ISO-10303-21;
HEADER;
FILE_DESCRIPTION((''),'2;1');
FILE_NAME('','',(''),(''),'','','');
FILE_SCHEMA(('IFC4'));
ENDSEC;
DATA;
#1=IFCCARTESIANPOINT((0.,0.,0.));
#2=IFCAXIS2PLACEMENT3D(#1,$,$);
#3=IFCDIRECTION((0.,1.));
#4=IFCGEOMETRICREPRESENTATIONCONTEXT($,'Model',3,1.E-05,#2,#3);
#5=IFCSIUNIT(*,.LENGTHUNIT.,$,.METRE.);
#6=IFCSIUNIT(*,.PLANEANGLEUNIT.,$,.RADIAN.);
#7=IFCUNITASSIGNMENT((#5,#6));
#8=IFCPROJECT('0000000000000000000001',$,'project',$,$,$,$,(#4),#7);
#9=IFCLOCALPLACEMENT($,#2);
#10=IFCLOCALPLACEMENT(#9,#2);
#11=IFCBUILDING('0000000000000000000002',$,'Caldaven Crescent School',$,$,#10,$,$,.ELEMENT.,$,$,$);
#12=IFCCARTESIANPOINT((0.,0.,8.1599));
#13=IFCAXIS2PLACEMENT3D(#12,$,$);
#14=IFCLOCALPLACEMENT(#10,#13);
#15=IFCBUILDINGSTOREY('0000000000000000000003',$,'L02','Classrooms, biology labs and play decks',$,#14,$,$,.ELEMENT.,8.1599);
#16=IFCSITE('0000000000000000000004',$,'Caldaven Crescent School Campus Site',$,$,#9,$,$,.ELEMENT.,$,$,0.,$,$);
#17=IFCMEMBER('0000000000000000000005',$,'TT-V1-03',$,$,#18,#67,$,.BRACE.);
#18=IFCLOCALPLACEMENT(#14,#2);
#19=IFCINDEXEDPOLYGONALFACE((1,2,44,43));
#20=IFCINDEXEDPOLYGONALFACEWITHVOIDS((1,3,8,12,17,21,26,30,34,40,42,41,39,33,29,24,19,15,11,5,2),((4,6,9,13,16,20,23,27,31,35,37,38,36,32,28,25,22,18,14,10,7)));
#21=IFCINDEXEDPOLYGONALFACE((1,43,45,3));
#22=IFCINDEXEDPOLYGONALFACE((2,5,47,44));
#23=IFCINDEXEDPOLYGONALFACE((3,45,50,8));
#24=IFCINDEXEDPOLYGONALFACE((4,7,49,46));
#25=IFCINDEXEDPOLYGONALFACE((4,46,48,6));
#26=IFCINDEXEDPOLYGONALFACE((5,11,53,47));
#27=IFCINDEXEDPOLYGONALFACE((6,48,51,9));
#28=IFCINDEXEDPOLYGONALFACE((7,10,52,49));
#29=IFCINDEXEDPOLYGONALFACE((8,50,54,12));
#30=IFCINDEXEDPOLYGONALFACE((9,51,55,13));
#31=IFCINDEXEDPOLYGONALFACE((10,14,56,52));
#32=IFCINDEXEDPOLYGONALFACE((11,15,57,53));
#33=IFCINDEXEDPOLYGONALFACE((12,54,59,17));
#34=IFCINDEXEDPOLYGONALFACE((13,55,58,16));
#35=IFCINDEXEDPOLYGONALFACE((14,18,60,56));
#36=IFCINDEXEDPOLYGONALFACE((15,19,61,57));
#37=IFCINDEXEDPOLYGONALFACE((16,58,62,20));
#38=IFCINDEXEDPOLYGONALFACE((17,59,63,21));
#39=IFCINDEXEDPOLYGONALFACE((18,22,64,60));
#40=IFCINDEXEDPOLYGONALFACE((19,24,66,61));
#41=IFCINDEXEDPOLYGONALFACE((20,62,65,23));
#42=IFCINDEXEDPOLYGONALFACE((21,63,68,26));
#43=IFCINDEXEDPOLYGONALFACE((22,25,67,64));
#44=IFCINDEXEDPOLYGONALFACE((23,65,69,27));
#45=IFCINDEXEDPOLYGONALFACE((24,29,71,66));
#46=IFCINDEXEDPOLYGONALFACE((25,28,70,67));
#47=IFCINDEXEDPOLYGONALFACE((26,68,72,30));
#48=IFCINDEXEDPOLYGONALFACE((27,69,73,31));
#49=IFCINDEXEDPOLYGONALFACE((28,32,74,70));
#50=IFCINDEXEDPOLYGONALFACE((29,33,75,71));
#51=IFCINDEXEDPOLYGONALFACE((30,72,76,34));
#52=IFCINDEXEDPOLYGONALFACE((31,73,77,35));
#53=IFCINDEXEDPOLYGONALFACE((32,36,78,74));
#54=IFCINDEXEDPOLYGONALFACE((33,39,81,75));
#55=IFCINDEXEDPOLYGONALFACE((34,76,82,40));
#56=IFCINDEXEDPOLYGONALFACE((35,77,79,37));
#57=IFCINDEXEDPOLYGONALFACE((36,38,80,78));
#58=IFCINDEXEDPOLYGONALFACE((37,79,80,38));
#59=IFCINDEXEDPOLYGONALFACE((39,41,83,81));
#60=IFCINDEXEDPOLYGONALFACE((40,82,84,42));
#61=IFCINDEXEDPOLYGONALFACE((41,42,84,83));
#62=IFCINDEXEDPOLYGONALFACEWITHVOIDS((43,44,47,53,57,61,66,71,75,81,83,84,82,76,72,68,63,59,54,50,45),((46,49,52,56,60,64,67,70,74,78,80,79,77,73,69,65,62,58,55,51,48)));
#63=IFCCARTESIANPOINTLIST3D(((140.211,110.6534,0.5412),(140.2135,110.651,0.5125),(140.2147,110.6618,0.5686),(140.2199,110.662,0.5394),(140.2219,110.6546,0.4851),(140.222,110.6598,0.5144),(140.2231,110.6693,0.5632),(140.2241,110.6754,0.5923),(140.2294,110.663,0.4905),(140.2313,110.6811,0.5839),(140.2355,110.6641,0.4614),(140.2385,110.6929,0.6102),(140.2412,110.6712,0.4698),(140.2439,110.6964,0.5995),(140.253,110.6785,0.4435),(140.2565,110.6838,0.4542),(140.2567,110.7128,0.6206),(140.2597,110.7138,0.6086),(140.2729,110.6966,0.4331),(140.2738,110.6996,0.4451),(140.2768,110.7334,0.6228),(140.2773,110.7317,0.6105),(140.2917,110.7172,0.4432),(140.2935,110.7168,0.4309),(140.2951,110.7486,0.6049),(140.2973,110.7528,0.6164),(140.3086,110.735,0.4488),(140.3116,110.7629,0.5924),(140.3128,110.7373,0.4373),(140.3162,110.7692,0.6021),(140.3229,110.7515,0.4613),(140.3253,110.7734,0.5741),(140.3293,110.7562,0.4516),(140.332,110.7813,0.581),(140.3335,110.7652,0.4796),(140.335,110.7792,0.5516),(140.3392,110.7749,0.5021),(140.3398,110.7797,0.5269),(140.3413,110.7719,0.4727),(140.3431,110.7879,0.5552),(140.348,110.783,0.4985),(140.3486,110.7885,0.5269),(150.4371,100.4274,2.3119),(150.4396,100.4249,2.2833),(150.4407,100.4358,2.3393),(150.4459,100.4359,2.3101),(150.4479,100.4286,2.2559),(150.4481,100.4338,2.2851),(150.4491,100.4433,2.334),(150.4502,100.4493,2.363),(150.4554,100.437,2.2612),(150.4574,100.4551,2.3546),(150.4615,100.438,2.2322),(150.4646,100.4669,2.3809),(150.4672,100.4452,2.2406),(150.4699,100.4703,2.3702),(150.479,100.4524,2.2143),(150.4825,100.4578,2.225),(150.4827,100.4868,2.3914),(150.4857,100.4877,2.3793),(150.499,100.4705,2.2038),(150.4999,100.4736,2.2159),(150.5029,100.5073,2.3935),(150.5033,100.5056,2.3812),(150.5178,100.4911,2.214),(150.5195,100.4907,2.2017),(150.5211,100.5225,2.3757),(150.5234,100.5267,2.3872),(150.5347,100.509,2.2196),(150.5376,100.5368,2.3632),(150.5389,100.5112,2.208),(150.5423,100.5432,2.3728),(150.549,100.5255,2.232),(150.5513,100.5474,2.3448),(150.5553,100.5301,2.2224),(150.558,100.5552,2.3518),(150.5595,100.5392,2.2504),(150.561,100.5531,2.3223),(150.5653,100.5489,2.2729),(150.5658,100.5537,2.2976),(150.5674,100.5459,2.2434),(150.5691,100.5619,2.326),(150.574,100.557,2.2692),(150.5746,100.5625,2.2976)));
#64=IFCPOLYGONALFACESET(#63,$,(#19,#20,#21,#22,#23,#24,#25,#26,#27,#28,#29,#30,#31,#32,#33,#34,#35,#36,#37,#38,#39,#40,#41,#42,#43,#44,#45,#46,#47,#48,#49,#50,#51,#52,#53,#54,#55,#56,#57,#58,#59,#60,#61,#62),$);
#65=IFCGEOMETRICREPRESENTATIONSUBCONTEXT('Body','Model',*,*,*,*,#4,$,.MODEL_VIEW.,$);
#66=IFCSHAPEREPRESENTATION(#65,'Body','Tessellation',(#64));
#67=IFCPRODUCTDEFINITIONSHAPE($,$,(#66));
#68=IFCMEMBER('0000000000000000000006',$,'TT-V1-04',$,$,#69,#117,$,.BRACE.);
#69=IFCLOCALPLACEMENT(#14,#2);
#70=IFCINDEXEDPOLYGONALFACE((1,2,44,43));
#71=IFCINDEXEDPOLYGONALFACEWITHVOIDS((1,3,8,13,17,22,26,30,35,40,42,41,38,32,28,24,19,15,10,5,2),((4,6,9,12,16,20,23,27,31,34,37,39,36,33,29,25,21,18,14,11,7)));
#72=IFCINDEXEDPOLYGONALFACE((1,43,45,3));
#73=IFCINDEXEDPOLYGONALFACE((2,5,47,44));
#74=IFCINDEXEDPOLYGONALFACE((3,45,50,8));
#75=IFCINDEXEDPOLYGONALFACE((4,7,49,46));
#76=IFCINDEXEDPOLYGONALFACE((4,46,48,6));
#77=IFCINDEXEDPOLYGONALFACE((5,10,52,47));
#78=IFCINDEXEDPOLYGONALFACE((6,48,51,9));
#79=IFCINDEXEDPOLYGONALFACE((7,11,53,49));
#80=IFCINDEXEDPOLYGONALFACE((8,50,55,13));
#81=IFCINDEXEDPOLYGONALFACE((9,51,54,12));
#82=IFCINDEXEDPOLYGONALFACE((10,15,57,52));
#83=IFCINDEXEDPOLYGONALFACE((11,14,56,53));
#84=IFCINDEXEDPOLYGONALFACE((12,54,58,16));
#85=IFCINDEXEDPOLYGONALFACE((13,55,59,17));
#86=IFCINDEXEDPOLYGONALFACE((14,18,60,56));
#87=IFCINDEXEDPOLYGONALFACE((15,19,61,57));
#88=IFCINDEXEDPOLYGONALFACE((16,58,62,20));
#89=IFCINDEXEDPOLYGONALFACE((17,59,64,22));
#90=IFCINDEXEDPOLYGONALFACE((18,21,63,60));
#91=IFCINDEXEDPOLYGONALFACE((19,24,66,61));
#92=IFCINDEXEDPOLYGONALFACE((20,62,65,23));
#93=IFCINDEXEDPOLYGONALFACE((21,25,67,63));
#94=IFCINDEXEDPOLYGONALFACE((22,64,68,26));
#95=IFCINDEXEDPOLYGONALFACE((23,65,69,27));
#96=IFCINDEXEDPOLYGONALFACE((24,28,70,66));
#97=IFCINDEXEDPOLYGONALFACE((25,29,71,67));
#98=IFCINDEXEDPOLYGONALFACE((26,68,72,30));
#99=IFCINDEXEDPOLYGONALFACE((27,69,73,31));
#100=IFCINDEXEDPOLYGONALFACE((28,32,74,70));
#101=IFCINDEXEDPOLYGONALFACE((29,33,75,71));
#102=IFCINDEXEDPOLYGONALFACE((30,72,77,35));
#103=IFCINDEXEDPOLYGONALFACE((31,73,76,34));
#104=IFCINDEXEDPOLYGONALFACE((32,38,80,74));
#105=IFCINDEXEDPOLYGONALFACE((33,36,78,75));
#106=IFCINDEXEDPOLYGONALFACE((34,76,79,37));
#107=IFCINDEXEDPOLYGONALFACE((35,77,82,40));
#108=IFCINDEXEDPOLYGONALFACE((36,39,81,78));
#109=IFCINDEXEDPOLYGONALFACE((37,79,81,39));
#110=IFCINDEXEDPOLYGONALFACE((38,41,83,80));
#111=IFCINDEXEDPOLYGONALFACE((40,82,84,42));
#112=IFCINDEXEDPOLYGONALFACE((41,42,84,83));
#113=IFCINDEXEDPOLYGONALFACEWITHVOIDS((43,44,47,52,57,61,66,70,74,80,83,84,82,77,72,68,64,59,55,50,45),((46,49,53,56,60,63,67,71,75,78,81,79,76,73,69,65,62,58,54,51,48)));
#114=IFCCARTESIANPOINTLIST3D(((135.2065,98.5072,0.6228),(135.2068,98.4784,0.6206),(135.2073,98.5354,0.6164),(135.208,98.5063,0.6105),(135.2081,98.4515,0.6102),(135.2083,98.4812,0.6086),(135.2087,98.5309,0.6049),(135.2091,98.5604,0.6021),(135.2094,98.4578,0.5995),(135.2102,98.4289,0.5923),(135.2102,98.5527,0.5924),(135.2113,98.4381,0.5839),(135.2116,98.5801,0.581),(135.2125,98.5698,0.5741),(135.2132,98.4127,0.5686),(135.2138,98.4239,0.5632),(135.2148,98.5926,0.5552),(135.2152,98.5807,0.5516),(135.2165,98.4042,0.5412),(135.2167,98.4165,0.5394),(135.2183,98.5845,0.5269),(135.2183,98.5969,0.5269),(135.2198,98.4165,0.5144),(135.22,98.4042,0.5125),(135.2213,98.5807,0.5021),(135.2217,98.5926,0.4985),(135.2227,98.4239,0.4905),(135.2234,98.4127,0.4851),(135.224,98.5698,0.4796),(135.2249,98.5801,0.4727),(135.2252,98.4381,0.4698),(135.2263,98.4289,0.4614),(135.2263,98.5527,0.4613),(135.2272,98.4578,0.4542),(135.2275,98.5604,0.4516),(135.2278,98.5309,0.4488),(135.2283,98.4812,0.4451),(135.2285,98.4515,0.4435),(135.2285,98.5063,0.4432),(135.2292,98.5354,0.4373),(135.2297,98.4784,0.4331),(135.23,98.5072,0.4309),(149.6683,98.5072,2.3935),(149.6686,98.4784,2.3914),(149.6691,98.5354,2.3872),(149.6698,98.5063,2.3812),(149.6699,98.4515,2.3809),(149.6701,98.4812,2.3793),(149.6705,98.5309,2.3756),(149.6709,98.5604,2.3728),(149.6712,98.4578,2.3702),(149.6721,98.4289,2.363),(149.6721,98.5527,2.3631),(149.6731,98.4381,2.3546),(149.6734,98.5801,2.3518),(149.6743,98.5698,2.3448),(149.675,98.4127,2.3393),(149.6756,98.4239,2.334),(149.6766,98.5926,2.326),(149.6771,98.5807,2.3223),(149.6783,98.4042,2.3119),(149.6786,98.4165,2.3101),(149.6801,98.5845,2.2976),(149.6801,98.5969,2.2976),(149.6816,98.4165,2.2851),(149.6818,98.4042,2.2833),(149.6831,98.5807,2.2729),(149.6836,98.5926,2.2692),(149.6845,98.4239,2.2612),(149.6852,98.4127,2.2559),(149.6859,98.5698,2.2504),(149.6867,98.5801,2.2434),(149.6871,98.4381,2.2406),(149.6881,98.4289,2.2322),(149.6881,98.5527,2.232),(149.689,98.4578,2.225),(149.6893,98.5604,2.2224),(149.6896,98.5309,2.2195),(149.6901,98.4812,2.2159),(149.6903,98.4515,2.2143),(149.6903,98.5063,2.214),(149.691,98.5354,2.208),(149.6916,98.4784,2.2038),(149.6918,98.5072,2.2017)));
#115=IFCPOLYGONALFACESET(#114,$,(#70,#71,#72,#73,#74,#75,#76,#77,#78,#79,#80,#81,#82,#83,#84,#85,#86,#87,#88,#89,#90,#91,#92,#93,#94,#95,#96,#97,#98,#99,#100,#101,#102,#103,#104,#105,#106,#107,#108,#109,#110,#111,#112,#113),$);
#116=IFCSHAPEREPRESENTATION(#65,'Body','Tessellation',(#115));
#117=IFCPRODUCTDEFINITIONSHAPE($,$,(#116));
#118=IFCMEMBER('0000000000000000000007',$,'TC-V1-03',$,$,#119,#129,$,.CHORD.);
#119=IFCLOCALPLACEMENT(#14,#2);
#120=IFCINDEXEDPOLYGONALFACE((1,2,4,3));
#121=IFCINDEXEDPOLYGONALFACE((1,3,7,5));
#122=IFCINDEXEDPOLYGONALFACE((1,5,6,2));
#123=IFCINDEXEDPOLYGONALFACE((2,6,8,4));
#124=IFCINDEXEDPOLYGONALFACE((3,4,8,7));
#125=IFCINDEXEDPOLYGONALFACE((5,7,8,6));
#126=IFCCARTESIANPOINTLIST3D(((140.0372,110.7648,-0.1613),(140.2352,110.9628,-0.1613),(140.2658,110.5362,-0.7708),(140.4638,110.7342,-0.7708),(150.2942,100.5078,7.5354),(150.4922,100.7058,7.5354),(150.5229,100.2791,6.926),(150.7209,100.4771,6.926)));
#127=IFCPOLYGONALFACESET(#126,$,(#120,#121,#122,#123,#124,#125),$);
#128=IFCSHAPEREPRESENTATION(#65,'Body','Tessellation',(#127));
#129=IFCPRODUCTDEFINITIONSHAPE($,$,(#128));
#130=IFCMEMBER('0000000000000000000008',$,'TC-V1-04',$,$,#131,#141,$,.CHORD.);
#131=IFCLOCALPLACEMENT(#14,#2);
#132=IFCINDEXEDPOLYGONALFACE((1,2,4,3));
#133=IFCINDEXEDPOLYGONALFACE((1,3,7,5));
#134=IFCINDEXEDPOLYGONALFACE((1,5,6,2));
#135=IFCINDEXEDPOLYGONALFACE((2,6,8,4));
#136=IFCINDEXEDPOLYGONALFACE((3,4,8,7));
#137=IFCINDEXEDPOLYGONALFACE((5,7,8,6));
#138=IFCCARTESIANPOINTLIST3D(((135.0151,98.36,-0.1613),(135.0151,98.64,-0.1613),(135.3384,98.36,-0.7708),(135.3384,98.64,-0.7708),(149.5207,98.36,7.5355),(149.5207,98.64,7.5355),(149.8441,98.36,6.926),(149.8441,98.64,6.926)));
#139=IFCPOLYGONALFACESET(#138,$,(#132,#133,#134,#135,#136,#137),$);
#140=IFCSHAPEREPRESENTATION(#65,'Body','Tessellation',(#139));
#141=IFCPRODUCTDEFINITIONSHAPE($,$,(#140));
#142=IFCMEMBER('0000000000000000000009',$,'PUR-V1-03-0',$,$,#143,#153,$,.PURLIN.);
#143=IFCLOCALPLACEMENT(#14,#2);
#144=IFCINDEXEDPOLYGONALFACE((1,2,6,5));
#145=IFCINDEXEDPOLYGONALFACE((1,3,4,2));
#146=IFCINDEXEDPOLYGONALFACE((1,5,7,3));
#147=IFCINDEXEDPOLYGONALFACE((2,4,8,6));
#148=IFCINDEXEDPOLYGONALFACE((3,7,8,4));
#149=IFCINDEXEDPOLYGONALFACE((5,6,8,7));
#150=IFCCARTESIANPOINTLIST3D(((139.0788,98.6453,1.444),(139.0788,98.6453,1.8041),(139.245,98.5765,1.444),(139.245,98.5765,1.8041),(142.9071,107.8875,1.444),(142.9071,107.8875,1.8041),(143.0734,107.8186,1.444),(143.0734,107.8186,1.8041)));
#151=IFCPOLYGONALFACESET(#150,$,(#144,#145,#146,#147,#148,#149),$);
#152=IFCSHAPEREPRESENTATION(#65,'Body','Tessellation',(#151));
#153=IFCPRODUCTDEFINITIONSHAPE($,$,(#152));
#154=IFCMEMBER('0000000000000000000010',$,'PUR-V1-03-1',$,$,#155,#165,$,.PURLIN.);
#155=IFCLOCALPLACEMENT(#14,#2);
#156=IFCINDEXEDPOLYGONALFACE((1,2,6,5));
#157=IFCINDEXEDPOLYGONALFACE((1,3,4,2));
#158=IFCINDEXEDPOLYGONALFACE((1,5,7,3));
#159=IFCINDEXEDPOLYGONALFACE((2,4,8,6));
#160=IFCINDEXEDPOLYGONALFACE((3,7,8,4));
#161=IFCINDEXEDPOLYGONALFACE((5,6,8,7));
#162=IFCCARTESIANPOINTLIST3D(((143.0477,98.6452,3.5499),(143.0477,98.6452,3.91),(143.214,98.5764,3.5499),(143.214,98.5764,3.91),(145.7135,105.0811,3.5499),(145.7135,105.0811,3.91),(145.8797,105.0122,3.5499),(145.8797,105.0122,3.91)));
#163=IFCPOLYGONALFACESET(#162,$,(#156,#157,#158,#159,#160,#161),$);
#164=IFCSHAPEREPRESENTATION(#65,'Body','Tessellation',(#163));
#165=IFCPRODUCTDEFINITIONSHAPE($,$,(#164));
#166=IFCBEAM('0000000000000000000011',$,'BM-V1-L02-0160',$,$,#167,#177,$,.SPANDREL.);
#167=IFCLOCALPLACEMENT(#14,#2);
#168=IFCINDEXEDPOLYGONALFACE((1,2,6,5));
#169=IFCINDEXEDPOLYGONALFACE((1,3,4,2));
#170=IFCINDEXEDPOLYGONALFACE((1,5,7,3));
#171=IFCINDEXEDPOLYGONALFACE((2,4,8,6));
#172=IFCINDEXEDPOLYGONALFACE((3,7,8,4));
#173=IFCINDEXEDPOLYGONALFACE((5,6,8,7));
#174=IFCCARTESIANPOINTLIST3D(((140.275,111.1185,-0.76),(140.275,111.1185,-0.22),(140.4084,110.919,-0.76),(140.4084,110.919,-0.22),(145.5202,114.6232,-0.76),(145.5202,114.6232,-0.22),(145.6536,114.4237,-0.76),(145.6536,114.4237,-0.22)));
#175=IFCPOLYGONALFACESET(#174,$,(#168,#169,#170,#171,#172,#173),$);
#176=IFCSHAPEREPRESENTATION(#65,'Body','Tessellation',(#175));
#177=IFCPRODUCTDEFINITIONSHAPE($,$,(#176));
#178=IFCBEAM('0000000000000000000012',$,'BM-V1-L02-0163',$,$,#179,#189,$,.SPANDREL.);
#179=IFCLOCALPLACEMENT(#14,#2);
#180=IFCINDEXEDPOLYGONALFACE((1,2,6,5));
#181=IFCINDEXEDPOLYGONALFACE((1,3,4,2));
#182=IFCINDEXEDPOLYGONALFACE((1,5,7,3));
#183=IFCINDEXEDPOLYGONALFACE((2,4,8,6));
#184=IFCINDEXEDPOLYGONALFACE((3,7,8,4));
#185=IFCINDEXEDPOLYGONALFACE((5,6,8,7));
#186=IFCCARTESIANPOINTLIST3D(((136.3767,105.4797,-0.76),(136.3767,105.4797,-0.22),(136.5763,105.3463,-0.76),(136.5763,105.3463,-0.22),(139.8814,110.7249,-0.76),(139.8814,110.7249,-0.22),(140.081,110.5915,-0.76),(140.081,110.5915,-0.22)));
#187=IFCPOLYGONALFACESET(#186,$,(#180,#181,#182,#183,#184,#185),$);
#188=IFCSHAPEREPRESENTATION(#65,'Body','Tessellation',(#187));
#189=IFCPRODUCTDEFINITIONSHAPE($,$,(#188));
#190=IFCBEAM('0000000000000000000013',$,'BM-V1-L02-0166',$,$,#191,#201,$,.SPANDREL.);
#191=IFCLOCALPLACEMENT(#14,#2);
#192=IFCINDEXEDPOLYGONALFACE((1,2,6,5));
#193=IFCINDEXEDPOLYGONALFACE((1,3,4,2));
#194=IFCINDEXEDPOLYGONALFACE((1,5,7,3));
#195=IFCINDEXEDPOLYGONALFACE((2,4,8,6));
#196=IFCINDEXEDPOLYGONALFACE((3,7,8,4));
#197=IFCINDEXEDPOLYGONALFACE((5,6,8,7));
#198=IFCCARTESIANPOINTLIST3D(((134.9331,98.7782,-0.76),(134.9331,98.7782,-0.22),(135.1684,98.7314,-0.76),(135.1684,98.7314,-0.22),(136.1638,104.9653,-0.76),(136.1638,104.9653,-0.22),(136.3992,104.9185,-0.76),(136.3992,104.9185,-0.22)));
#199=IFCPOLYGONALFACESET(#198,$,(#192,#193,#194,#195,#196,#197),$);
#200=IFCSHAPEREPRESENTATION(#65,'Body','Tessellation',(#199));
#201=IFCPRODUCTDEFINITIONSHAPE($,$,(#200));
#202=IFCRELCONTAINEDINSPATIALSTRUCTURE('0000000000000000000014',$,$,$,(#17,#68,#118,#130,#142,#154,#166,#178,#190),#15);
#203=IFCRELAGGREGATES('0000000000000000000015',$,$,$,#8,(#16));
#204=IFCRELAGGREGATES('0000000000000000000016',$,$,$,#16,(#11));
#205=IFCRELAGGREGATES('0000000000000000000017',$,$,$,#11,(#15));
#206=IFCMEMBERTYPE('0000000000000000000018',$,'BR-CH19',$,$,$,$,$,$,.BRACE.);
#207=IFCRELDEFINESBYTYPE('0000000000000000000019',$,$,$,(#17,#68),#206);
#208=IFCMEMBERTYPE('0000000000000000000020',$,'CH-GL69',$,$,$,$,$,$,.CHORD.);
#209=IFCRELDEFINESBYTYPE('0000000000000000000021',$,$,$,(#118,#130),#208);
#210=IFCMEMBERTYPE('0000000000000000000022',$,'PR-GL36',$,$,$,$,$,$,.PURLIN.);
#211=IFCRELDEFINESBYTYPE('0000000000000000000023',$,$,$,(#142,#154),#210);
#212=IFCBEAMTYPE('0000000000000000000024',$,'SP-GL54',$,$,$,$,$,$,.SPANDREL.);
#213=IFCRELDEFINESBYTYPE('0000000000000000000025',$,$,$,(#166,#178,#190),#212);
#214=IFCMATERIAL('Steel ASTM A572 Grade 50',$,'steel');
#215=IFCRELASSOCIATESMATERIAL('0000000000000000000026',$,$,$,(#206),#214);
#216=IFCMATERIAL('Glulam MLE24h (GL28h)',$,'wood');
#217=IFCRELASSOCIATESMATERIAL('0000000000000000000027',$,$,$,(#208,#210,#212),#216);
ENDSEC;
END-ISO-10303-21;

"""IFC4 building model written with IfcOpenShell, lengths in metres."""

from ifc_helpers import new_model, si_unit, direction, frame, origin, origin_2d, place, context, subcontext, project, spatial, rectangle, hollow_circle, extrude, material, material_profile, profile_set, type_object, element, save


model = new_model("IFC4")

# Units and contexts
model_context = context("Model", 3, precision=1e-05, world=origin(), true_north=direction((0.0, 1.0)))
body_context = subcontext(model_context, "Body", "Model", "MODEL_VIEW")
ifc_project = project(units=[si_unit("LENGTHUNIT", "METRE"), si_unit("PLANEANGLEUNIT", "RADIAN")], contexts=[model_context])

# Site, building, storey
site_placement = place(None, origin())
site = spatial("IfcSite", under=ifc_project, at=site_placement, Name="Caldaven Crescent School Campus Site", CompositionType="ELEMENT", RefElevation=0.0)
building_placement = place(site_placement, origin())
building = spatial("IfcBuilding", under=site, at=building_placement, Name="Caldaven Crescent School", CompositionType="ELEMENT")
storey_placement = place(building_placement, frame((0.0, 0.0, 8.1599)))
storey = spatial("IfcBuildingStorey", under=building, at=storey_placement, Name="L02", Description="Classrooms, biology labs and play decks", CompositionType="ELEMENT", Elevation=8.1599)

# Shared definitions
ifc_material_1 = material(Name="Glulam MLE24h (GL28h)", Category="wood")
ifc_material_2 = material(Name="Steel ASTM A572 Grade 50", Category="steel")

# Members
ifc_material_profile_1 = material_profile(ifc_material_2, hollow_circle(Radius=0.0969, WallThickness=0.0125, at=origin_2d()), Name="CHS 193.7x12.5")
ifc_profile_set_1 = profile_set([ifc_material_profile_1], Name="Steel ASTM A572 Grade 50")
member_type_1 = type_object("IfcMemberType", Name="BR-CH19", PredefinedType="BRACE", material=ifc_profile_set_1)
for number, where, z_axis, x_axis, name in (
    (1, (140.28, 110.72, 0.5269), (0.701865, -0.701865, 0.121535), (0.707107, 0.707107, 0.0), "TT-V1-03"),
    (2, (135.2183, 98.5, 0.5269), (0.992587, 0.0, 0.121535), (0.0, 1.0, 0.0), "TT-V1-04"),
):
    element("IfcMember", number, at=place(storey_placement, frame(where, z_axis=z_axis, x_axis=x_axis)), inside=storey, type_object=member_type_1, Name=name, PredefinedType="BRACE", context=body_context, shape_type="SweptSolid", body=[
        extrude(hollow_circle(Radius=0.0969, WallThickness=0.0125, at=origin_2d()), origin(), (0.0, 0.0, 1.0), 14.5698),
    ])
ifc_material_profile_2 = material_profile(ifc_material_1, rectangle(XDim=0.28, YDim=0.6899, at=origin_2d()), Name="MLE 280x690")
ifc_profile_set_2 = profile_set([ifc_material_profile_2], Name="Glulam MLE24h (GL28h)")
member_type_2 = type_object("IfcMemberType", Name="CH-GL69", PredefinedType="CHORD", material=ifc_profile_set_2)
for number, where, z_axis, x_axis, name in (
    (3, (140.2505, 110.7495, -0.4661), (0.624624, -0.624624, 0.46871), (0.707107, 0.707107, 0.0), "TC-V1-03"),
    (4, (135.1768, 98.5, -0.4661), (0.883351, 0.0, 0.468712), (0.0, 1.0, 0.0), "TC-V1-04"),
):
    element("IfcMember", number, at=place(storey_placement, frame(where, z_axis=z_axis, x_axis=x_axis)), inside=storey, type_object=member_type_2, Name=name, PredefinedType="CHORD", context=body_context, shape_type="SweptSolid", body=[
        extrude(rectangle(XDim=0.28, YDim=0.6899, at=origin_2d()), origin(), (0.0, 0.0, 1.0), 16.4211),
    ])
ifc_material_profile_3 = material_profile(ifc_material_1, rectangle(XDim=0.1799, YDim=0.3601, at=origin_2d()), Name="MLE 180x360")
ifc_profile_set_3 = profile_set([ifc_material_profile_3], Name="Glulam MLE24h (GL28h)")
member_type_3 = type_object("IfcMemberType", Name="PR-GL36", PredefinedType="PURLIN", material=ifc_profile_set_3)
member_1_placement = place(storey_placement, frame((142.9902, 107.853, 1.624), z_axis=(-0.382695, -0.923875, 0.0), x_axis=(0.923875, -0.382695, 0.0)))
element("IfcMember", 5, at=member_1_placement, inside=storey, type_object=member_type_3, Name="PUR-V1-03-0", PredefinedType="PURLIN", context=body_context, shape_type="SweptSolid", body=[
    extrude(rectangle(XDim=0.1799, YDim=0.3601, at=origin_2d()), origin(), (0.0, 0.0, 1.0), 10.0037),
])
member_2_placement = place(storey_placement, frame((145.7966, 105.0466, 3.73), z_axis=(-0.382681, -0.923881, 0.0), x_axis=(0.923881, -0.382681, 0.0)))
element("IfcMember", 6, at=member_2_placement, inside=storey, type_object=member_type_3, Name="PUR-V1-03-1", PredefinedType="PURLIN", context=body_context, shape_type="SweptSolid", body=[
    extrude(rectangle(XDim=0.1799, YDim=0.3601, at=origin_2d()), origin(), (0.0, 0.0, 1.0), 6.9661),
])

# Beams
ifc_material_profile_4 = material_profile(ifc_material_1, rectangle(XDim=0.24, YDim=0.54, at=origin_2d()), Name="MLE 240x540")
ifc_profile_set_4 = profile_set([ifc_material_profile_4], Name="Glulam MLE24h (GL28h)")
beam_type_1 = type_object("IfcBeamType", Name="SP-GL54", PredefinedType="SPANDREL", material=ifc_profile_set_4)
for number, where, z_axis, x_axis, name in (
    (7, (145.5869, 114.5234, -0.49), (-0.831472, -0.555566, 0.0), (0.555566, -0.831472, 0.0), "BM-V1-L02-0160"),
    (8, (139.9812, 110.6582, -0.49), (-0.555566, -0.831472, 0.0), (0.831472, -0.555566, 0.0), "BM-V1-L02-0163"),
    (9, (136.2815, 104.9419, -0.49), (-0.195096, -0.980784, 0.0), (0.980784, -0.195096, 0.0), "BM-V1-L02-0166"),
):
    element("IfcBeam", number, at=place(storey_placement, frame(where, z_axis=z_axis, x_axis=x_axis)), inside=storey, type_object=beam_type_1, Name=name, PredefinedType="SPANDREL", context=body_context, shape_type="SweptSolid", body=[
        extrude(rectangle(XDim=0.24, YDim=0.54, at=origin_2d()), origin(), (0.0, 0.0, 1.0), 6.3083),
    ])

save(model, "model.ifc")
